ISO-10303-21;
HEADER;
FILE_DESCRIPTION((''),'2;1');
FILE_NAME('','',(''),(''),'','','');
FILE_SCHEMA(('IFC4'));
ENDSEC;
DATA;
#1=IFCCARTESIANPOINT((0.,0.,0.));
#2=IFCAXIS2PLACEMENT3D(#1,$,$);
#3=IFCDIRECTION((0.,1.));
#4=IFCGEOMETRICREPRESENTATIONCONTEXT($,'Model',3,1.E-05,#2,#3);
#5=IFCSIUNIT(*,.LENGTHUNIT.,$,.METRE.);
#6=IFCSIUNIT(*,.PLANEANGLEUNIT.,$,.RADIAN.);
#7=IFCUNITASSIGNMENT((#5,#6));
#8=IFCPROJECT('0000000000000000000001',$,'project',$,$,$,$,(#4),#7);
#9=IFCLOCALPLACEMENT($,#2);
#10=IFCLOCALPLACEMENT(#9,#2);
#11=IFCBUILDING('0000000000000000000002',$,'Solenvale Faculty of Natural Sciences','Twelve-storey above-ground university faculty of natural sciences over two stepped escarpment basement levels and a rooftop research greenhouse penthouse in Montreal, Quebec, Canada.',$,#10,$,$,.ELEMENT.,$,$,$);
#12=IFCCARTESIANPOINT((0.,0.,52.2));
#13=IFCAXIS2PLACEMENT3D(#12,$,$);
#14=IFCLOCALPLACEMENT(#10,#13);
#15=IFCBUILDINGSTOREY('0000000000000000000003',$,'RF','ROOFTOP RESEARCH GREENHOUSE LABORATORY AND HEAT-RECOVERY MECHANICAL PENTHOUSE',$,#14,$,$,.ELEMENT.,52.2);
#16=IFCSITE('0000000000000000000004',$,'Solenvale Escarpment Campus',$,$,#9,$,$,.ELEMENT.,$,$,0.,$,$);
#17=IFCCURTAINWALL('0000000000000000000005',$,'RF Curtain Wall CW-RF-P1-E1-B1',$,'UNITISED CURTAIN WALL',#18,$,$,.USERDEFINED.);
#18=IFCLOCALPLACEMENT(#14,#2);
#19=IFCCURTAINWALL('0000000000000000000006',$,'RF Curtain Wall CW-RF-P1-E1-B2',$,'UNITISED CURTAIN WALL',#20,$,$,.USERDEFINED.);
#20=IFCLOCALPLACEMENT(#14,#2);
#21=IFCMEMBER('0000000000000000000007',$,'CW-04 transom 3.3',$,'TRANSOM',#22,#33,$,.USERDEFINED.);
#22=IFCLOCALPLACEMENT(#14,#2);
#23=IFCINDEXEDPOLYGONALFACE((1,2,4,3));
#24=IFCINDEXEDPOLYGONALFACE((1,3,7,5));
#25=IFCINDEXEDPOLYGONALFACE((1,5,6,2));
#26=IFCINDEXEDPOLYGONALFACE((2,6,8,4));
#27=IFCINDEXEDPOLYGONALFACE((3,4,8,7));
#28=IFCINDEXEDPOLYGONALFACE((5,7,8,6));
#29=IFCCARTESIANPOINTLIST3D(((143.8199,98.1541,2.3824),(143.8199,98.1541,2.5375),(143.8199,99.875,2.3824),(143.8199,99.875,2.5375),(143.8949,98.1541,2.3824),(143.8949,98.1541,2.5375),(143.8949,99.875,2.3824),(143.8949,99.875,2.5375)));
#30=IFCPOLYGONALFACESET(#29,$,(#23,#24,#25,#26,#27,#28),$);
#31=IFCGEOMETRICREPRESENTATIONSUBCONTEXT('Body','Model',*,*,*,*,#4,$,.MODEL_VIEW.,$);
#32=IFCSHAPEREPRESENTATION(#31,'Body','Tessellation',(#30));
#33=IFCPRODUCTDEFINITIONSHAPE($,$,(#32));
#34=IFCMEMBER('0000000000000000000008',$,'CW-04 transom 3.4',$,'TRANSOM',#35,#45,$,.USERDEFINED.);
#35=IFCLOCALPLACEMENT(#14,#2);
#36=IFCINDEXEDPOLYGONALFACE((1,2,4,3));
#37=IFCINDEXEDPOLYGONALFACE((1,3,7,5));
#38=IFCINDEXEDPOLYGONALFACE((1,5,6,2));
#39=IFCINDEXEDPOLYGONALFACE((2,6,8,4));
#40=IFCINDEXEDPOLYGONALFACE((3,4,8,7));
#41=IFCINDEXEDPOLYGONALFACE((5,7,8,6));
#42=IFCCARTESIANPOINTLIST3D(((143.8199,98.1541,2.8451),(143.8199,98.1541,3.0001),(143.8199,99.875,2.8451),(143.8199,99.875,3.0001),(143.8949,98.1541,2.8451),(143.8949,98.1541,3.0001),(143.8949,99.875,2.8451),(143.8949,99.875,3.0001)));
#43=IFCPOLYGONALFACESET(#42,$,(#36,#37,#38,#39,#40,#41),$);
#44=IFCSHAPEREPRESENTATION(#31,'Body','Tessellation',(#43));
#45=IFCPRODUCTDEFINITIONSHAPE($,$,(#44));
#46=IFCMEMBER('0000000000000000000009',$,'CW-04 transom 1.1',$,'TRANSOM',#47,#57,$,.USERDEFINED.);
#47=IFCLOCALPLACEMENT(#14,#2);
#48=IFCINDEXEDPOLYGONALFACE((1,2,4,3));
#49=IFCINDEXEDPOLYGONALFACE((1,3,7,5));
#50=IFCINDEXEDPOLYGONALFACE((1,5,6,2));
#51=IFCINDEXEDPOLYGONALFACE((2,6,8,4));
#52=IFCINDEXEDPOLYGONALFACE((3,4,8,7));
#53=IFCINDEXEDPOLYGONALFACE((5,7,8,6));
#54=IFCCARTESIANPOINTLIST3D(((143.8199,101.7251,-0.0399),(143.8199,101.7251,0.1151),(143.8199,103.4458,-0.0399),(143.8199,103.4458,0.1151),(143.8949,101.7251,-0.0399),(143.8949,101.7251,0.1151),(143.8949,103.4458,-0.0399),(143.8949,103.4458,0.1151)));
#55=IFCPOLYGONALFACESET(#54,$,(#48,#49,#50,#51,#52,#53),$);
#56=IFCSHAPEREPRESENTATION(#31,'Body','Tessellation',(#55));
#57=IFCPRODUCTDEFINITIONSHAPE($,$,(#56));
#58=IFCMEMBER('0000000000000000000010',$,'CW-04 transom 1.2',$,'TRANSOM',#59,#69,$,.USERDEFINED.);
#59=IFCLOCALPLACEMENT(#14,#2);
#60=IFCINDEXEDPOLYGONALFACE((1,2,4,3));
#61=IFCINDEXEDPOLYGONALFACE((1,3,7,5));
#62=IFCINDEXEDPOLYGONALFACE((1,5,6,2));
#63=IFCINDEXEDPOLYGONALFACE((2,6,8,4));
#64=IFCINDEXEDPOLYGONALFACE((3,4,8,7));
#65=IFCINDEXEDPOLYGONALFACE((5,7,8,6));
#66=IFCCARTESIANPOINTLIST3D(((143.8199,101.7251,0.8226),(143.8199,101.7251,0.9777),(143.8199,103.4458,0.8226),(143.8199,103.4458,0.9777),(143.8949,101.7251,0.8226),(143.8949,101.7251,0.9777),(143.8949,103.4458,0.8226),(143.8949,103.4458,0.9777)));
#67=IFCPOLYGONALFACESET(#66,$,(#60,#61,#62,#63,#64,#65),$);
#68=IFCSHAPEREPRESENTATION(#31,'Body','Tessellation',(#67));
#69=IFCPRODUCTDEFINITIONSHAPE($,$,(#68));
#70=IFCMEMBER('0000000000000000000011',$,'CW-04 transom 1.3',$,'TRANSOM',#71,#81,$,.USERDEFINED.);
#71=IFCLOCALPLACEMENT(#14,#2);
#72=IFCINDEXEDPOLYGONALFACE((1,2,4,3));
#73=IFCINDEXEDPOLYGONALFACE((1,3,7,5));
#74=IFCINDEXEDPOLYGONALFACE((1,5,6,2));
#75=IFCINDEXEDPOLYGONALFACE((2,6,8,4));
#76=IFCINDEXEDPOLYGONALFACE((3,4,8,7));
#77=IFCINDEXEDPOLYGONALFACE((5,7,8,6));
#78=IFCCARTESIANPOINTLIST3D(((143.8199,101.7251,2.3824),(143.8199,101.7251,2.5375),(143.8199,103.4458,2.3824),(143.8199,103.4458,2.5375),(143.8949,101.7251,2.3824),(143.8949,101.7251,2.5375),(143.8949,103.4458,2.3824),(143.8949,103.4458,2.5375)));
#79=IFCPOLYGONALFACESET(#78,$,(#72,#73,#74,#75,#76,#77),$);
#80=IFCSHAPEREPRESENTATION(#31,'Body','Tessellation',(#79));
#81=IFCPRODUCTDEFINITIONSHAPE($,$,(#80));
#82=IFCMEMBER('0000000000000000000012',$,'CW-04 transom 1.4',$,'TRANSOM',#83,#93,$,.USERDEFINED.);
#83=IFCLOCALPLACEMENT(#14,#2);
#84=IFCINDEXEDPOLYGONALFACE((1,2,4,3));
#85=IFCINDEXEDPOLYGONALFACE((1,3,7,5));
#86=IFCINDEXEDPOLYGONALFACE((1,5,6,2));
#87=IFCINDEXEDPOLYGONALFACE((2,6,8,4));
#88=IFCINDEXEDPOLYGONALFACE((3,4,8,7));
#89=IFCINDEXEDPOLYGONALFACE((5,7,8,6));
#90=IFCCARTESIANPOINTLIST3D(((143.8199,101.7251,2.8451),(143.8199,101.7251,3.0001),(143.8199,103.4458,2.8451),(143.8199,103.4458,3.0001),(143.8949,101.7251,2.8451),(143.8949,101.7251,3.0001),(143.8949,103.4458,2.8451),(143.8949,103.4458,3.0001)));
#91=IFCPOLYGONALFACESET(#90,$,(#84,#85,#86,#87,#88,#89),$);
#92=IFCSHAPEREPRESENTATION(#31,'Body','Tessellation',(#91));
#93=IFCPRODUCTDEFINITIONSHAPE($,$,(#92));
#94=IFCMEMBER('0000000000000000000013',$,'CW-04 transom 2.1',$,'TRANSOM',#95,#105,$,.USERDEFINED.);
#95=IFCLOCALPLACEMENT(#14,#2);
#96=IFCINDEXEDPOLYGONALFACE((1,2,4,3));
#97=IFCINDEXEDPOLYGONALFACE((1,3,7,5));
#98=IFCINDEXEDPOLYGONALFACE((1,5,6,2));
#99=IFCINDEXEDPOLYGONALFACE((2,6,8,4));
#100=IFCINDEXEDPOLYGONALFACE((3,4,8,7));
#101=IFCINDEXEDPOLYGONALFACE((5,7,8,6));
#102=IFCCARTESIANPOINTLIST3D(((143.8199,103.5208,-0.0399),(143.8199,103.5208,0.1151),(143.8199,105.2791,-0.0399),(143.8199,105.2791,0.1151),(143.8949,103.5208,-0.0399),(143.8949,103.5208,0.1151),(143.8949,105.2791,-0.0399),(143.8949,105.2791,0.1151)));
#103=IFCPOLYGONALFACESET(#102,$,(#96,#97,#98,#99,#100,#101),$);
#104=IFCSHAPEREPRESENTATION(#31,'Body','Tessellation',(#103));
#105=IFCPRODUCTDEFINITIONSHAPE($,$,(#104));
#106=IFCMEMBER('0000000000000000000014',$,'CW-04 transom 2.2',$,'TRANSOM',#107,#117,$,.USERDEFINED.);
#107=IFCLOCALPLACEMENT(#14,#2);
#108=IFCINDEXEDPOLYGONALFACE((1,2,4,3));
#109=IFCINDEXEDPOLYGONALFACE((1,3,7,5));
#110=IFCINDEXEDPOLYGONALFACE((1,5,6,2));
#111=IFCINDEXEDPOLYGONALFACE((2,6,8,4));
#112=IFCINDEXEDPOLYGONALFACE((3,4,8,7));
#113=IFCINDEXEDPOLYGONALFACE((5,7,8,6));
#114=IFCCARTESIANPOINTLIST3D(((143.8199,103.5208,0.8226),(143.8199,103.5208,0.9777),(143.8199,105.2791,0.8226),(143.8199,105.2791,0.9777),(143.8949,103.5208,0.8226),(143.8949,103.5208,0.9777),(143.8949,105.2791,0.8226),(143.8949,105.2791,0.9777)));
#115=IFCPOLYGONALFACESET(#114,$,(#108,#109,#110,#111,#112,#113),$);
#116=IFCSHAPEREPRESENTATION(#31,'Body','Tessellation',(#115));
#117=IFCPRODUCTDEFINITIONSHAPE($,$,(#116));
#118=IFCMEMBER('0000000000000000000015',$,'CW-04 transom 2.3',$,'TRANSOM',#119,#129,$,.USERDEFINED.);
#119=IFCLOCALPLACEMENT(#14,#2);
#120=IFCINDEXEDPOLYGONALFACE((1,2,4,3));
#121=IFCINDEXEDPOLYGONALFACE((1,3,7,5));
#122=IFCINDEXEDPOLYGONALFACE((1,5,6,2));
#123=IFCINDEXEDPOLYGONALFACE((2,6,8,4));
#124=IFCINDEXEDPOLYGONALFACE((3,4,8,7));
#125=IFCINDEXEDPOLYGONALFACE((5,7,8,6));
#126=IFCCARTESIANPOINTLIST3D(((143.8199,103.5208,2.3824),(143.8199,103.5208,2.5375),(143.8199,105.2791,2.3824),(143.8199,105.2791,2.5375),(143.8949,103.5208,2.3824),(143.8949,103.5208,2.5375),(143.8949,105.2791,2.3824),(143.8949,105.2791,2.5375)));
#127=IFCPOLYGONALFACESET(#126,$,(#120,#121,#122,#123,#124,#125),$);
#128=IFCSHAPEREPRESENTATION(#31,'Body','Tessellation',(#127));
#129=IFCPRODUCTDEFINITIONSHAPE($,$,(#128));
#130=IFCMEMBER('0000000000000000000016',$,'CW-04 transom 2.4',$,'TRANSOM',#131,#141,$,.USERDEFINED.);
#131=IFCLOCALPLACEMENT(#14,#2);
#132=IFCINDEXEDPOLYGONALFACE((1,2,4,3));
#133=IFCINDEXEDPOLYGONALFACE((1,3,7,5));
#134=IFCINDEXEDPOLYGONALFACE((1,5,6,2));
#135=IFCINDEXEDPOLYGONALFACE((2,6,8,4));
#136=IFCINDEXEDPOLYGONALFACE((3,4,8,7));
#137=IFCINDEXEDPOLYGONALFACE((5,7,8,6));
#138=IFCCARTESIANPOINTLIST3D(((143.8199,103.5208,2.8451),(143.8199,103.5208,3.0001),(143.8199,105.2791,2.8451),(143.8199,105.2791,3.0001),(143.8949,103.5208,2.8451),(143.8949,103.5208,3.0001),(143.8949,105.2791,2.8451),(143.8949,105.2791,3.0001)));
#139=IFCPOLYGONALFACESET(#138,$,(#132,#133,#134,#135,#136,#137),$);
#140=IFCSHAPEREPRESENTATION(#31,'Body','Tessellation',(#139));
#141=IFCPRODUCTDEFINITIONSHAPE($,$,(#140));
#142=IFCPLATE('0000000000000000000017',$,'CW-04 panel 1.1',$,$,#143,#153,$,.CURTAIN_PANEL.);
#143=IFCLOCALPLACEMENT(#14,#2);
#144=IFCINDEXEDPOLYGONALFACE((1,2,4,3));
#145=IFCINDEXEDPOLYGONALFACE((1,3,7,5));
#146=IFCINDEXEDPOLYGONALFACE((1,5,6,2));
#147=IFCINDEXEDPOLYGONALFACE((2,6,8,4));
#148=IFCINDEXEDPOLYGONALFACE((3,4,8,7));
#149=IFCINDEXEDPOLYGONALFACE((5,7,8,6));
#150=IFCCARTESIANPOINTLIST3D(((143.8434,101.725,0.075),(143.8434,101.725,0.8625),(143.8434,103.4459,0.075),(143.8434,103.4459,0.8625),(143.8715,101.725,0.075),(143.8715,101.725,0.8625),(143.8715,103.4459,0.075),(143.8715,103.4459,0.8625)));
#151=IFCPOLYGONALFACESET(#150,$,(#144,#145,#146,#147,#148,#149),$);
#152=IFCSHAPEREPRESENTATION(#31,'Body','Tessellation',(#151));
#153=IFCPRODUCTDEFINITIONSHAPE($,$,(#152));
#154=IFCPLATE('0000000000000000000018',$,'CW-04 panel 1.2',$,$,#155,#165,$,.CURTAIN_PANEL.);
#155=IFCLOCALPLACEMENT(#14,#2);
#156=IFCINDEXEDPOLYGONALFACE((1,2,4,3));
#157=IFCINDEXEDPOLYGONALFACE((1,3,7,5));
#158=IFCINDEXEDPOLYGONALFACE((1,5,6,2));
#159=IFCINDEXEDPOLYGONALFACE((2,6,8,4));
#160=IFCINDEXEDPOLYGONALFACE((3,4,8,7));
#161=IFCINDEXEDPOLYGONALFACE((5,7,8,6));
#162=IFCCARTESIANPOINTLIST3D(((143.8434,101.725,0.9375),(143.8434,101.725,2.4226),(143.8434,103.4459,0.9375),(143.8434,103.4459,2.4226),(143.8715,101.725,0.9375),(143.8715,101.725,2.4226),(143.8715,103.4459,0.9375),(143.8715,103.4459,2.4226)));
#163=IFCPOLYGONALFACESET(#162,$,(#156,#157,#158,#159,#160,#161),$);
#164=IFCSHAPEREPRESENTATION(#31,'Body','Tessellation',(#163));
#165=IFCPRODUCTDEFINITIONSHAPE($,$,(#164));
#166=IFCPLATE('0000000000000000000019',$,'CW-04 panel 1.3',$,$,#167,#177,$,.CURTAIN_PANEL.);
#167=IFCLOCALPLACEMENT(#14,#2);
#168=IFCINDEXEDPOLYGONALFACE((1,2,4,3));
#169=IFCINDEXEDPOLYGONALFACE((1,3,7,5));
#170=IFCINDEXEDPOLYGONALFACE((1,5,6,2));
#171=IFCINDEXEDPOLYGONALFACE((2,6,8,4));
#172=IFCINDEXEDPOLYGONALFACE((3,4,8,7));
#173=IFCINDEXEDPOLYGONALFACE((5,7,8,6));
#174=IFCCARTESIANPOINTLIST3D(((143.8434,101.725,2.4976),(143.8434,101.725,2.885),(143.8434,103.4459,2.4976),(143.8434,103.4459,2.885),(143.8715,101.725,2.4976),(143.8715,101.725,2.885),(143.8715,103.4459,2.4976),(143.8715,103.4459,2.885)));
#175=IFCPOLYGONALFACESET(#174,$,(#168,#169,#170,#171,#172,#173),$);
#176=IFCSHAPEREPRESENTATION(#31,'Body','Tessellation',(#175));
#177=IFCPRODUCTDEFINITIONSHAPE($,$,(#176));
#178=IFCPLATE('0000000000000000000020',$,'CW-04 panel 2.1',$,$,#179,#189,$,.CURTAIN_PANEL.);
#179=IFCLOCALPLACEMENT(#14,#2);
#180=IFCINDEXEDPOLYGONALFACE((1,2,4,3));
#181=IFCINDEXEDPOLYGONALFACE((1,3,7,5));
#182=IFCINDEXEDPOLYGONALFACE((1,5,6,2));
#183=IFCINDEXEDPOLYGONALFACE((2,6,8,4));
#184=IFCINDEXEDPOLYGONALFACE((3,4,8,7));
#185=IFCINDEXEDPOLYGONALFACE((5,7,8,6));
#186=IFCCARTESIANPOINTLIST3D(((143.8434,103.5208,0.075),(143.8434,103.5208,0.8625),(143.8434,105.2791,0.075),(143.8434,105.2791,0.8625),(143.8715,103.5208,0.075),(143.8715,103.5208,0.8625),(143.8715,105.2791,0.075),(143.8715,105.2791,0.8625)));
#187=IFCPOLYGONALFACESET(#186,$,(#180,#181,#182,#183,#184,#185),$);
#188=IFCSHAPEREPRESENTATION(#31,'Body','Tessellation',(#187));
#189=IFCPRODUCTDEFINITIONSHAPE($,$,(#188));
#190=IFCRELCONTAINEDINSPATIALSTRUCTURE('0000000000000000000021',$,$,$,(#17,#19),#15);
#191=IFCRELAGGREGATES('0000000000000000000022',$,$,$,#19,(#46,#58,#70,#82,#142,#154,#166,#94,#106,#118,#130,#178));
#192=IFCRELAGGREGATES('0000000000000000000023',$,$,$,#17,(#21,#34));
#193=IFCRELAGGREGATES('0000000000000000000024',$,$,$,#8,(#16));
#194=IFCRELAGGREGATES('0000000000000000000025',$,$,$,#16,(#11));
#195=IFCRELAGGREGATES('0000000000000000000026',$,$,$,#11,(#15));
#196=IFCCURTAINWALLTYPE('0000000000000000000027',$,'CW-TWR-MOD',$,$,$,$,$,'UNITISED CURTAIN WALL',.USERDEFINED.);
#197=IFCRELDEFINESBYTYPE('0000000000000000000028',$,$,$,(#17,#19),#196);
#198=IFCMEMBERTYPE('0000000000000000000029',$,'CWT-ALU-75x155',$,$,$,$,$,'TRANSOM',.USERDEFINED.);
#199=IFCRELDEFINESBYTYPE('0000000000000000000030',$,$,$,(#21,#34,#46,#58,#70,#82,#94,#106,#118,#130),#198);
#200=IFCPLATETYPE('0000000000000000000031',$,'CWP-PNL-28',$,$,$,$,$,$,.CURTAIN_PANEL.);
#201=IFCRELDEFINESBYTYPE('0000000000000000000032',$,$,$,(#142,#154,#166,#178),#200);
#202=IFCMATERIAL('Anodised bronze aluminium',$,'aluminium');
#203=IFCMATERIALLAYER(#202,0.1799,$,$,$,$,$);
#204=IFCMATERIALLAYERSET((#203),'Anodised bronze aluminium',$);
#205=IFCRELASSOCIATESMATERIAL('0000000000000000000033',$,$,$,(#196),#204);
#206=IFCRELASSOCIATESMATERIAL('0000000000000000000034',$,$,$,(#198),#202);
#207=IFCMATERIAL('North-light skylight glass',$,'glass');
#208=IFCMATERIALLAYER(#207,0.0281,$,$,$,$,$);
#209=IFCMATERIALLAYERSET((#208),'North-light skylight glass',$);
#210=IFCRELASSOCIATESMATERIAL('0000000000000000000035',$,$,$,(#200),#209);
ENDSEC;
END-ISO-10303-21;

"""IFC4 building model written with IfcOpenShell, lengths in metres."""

from ifc_helpers import new_model, si_unit, direction, frame, origin, origin_2d, place, context, subcontext, project, spatial, rectangle, extrude, material, layer, layer_set, material_profile, profile_set, type_object, element, aggregate, save


model = new_model("IFC4")

# Units and contexts
model_context = context("Model", 3, precision=1e-05, world=origin(), true_north=direction((0.0, 1.0)))
body_context = subcontext(model_context, "Body", "Model", "MODEL_VIEW")
ifc_project = project(units=[si_unit("LENGTHUNIT", "METRE"), si_unit("PLANEANGLEUNIT", "RADIAN")], contexts=[model_context])

# Site, building, storey
site_placement = place(None, origin())
site = spatial("IfcSite", under=ifc_project, at=site_placement, Name="Solenvale Escarpment Campus", CompositionType="ELEMENT", RefElevation=0.0)
building_placement = place(site_placement, origin())
building = spatial("IfcBuilding", under=site, at=building_placement, Name="Solenvale Faculty of Natural Sciences", Description="Twelve-storey above-ground university faculty of natural sciences over two stepped escarpment basement levels and a rooftop research greenhouse penthouse in Montreal, Quebec, Canada.", CompositionType="ELEMENT")
storey_placement = place(building_placement, frame((0.0, 0.0, 52.2)))
storey = spatial("IfcBuildingStorey", under=building, at=storey_placement, Name="RF", Description="ROOFTOP RESEARCH GREENHOUSE LABORATORY AND HEAT-RECOVERY MECHANICAL PENTHOUSE", CompositionType="ELEMENT", Elevation=52.2)

# Curtain walls
ifc_material_1 = material(Name="Anodised bronze aluminium", Category="aluminium")
ifc_layer_1 = layer(ifc_material_1, 0.1799)
ifc_layer_set_1 = layer_set([ifc_layer_1], Name="Anodised bronze aluminium")
curtain_wall_type = type_object("IfcCurtainWallType", Name="CW-TWR-MOD", ElementType="UNITISED CURTAIN WALL", PredefinedType="USERDEFINED", material=ifc_layer_set_1)
curtain_wall_1_placement = place(storey_placement, origin())
curtain_wall_1 = element("IfcCurtainWall", 1, at=curtain_wall_1_placement, inside=storey, type_object=curtain_wall_type, Name="RF Curtain Wall CW-RF-P1-E1-B1", ObjectType="UNITISED CURTAIN WALL", PredefinedType="USERDEFINED")
curtain_wall_2_placement = place(storey_placement, origin())
curtain_wall_2 = element("IfcCurtainWall", 2, at=curtain_wall_2_placement, inside=storey, type_object=curtain_wall_type, Name="RF Curtain Wall CW-RF-P1-E1-B2", ObjectType="UNITISED CURTAIN WALL", PredefinedType="USERDEFINED")

# Members
ifc_material_profile_1 = material_profile(ifc_material_1, rectangle(XDim=0.075, YDim=0.155, at=origin_2d()), Name="ALU-TRN-75x155")
ifc_profile_set_1 = profile_set([ifc_material_profile_1], Name="Anodised bronze aluminium")
member_type_1 = type_object("IfcMemberType", Name="CWT-ALU-75x155", ElementType="TRANSOM", PredefinedType="USERDEFINED", material=ifc_profile_set_1)
member_1_placement = place(storey_placement, frame((143.8574, 98.1541, 2.46), z_axis=(0.0, 1.0, 0.0), x_axis=(-1.0, 0.0, 0.0)))
member_1 = element("IfcMember", 3, at=member_1_placement, type_object=member_type_1, Name="CW-04 transom 3.3", ObjectType="TRANSOM", PredefinedType="USERDEFINED", context=body_context, shape_type="SweptSolid", body=[
    extrude(rectangle(XDim=0.075, YDim=0.155, at=origin_2d()), origin(), (0.0, 0.0, 1.0), 1.7209),
])
member_2_placement = place(storey_placement, frame((143.8574, 98.1541, 2.9226), z_axis=(0.0, 1.0, 0.0), x_axis=(-1.0, 0.0, 0.0)))
member_2 = element("IfcMember", 4, at=member_2_placement, type_object=member_type_1, Name="CW-04 transom 3.4", ObjectType="TRANSOM", PredefinedType="USERDEFINED", context=body_context, shape_type="SweptSolid", body=[
    extrude(rectangle(XDim=0.075, YDim=0.155, at=origin_2d()), origin(), (0.0, 0.0, 1.0), 1.7209),
])
member_3_placement = place(storey_placement, frame((143.8574, 101.7251, 0.0376), z_axis=(0.0, 1.0, 0.0), x_axis=(-1.0, 0.0, 0.0)))
member_3 = element("IfcMember", 5, at=member_3_placement, type_object=member_type_1, Name="CW-04 transom 1.1", ObjectType="TRANSOM", PredefinedType="USERDEFINED", context=body_context, shape_type="SweptSolid", body=[
    extrude(rectangle(XDim=0.075, YDim=0.155, at=origin_2d()), origin(), (0.0, 0.0, 1.0), 1.7207),
])
member_4_placement = place(storey_placement, frame((143.8574, 101.7251, 0.9001), z_axis=(0.0, 1.0, 0.0), x_axis=(-1.0, 0.0, 0.0)))
member_4 = element("IfcMember", 6, at=member_4_placement, type_object=member_type_1, Name="CW-04 transom 1.2", ObjectType="TRANSOM", PredefinedType="USERDEFINED", context=body_context, shape_type="SweptSolid", body=[
    extrude(rectangle(XDim=0.075, YDim=0.155, at=origin_2d()), origin(), (0.0, 0.0, 1.0), 1.7207),
])
member_5_placement = place(storey_placement, frame((143.8574, 101.7251, 2.46), z_axis=(0.0, 1.0, 0.0), x_axis=(-1.0, 0.0, 0.0)))
member_5 = element("IfcMember", 7, at=member_5_placement, type_object=member_type_1, Name="CW-04 transom 1.3", ObjectType="TRANSOM", PredefinedType="USERDEFINED", context=body_context, shape_type="SweptSolid", body=[
    extrude(rectangle(XDim=0.075, YDim=0.155, at=origin_2d()), origin(), (0.0, 0.0, 1.0), 1.7207),
])
member_6_placement = place(storey_placement, frame((143.8574, 101.7251, 2.9226), z_axis=(0.0, 1.0, 0.0), x_axis=(-1.0, 0.0, 0.0)))
member_6 = element("IfcMember", 8, at=member_6_placement, type_object=member_type_1, Name="CW-04 transom 1.4", ObjectType="TRANSOM", PredefinedType="USERDEFINED", context=body_context, shape_type="SweptSolid", body=[
    extrude(rectangle(XDim=0.075, YDim=0.155, at=origin_2d()), origin(), (0.0, 0.0, 1.0), 1.7207),
])
member_7_placement = place(storey_placement, frame((143.8574, 103.5208, 0.0376), z_axis=(0.0, 1.0, 0.0), x_axis=(-1.0, 0.0, 0.0)))
member_7 = element("IfcMember", 9, at=member_7_placement, type_object=member_type_1, Name="CW-04 transom 2.1", ObjectType="TRANSOM", PredefinedType="USERDEFINED", context=body_context, shape_type="SweptSolid", body=[
    extrude(rectangle(XDim=0.075, YDim=0.155, at=origin_2d()), origin(), (0.0, 0.0, 1.0), 1.7583),
])
member_8_placement = place(storey_placement, frame((143.8574, 103.5208, 0.9001), z_axis=(0.0, 1.0, 0.0), x_axis=(-1.0, 0.0, 0.0)))
member_8 = element("IfcMember", 10, at=member_8_placement, type_object=member_type_1, Name="CW-04 transom 2.2", ObjectType="TRANSOM", PredefinedType="USERDEFINED", context=body_context, shape_type="SweptSolid", body=[
    extrude(rectangle(XDim=0.075, YDim=0.155, at=origin_2d()), origin(), (0.0, 0.0, 1.0), 1.7583),
])
member_9_placement = place(storey_placement, frame((143.8574, 103.5208, 2.46), z_axis=(0.0, 1.0, 0.0), x_axis=(-1.0, 0.0, 0.0)))
member_9 = element("IfcMember", 11, at=member_9_placement, type_object=member_type_1, Name="CW-04 transom 2.3", ObjectType="TRANSOM", PredefinedType="USERDEFINED", context=body_context, shape_type="SweptSolid", body=[
    extrude(rectangle(XDim=0.075, YDim=0.155, at=origin_2d()), origin(), (0.0, 0.0, 1.0), 1.7583),
])
member_10_placement = place(storey_placement, frame((143.8574, 103.5208, 2.9226), z_axis=(0.0, 1.0, 0.0), x_axis=(-1.0, 0.0, 0.0)))
member_10 = element("IfcMember", 12, at=member_10_placement, type_object=member_type_1, Name="CW-04 transom 2.4", ObjectType="TRANSOM", PredefinedType="USERDEFINED", context=body_context, shape_type="SweptSolid", body=[
    extrude(rectangle(XDim=0.075, YDim=0.155, at=origin_2d()), origin(), (0.0, 0.0, 1.0), 1.7583),
])

# Plates
ifc_material_2 = material(Name="North-light skylight glass", Category="glass")
ifc_layer_2 = layer(ifc_material_2, 0.0281)
ifc_layer_set_2 = layer_set([ifc_layer_2], Name="North-light skylight glass")
plate_type_1 = type_object("IfcPlateType", Name="CWP-PNL-28", PredefinedType="CURTAIN_PANEL", material=ifc_layer_set_2)
plate_1_placement = place(storey_placement, frame((143.8574, 102.5854, 0.075), z_axis=(0.0, 0.0, 1.0), x_axis=(0.0, 1.0, 0.0)))
plate_1 = element("IfcPlate", 13, at=plate_1_placement, type_object=plate_type_1, Name="CW-04 panel 1.1", PredefinedType="CURTAIN_PANEL", context=body_context, shape_type="SweptSolid", body=[
    extrude(rectangle(XDim=1.7209, YDim=0.0281, at=origin_2d()), origin(), (0.0, 0.0, 1.0), 0.7876),
])
plate_2_placement = place(storey_placement, frame((143.8574, 102.5854, 0.9375), z_axis=(0.0, 0.0, 1.0), x_axis=(0.0, 1.0, 0.0)))
plate_2 = element("IfcPlate", 14, at=plate_2_placement, type_object=plate_type_1, Name="CW-04 panel 1.2", PredefinedType="CURTAIN_PANEL", context=body_context, shape_type="SweptSolid", body=[
    extrude(rectangle(XDim=1.7209, YDim=0.0281, at=origin_2d()), origin(), (0.0, 0.0, 1.0), 1.4851),
])
plate_3_placement = place(storey_placement, frame((143.8574, 102.5854, 2.4976), z_axis=(0.0, 0.0, 1.0), x_axis=(0.0, 1.0, 0.0)))
plate_3 = element("IfcPlate", 15, at=plate_3_placement, type_object=plate_type_1, Name="CW-04 panel 1.3", PredefinedType="CURTAIN_PANEL", context=body_context, shape_type="SweptSolid", body=[
    extrude(rectangle(XDim=1.7209, YDim=0.0281, at=origin_2d()), origin(), (0.0, 0.0, 1.0), 0.3875),
])
plate_4_placement = place(storey_placement, frame((143.8574, 104.3999, 0.075), z_axis=(0.0, 0.0, 1.0), x_axis=(0.0, 1.0, 0.0)))
plate_4 = element("IfcPlate", 16, at=plate_4_placement, type_object=plate_type_1, Name="CW-04 panel 2.1", PredefinedType="CURTAIN_PANEL", context=body_context, shape_type="SweptSolid", body=[
    extrude(rectangle(XDim=1.7583, YDim=0.0281, at=origin_2d()), origin(), (0.0, 0.0, 1.0), 0.7876),
])
aggregate(curtain_wall_2, [member_3, member_4, member_5, member_6, plate_1, plate_2, plate_3, member_7, member_8, member_9, member_10, plate_4])
aggregate(curtain_wall_1, [member_1, member_2])

save(model, "model.ifc")
